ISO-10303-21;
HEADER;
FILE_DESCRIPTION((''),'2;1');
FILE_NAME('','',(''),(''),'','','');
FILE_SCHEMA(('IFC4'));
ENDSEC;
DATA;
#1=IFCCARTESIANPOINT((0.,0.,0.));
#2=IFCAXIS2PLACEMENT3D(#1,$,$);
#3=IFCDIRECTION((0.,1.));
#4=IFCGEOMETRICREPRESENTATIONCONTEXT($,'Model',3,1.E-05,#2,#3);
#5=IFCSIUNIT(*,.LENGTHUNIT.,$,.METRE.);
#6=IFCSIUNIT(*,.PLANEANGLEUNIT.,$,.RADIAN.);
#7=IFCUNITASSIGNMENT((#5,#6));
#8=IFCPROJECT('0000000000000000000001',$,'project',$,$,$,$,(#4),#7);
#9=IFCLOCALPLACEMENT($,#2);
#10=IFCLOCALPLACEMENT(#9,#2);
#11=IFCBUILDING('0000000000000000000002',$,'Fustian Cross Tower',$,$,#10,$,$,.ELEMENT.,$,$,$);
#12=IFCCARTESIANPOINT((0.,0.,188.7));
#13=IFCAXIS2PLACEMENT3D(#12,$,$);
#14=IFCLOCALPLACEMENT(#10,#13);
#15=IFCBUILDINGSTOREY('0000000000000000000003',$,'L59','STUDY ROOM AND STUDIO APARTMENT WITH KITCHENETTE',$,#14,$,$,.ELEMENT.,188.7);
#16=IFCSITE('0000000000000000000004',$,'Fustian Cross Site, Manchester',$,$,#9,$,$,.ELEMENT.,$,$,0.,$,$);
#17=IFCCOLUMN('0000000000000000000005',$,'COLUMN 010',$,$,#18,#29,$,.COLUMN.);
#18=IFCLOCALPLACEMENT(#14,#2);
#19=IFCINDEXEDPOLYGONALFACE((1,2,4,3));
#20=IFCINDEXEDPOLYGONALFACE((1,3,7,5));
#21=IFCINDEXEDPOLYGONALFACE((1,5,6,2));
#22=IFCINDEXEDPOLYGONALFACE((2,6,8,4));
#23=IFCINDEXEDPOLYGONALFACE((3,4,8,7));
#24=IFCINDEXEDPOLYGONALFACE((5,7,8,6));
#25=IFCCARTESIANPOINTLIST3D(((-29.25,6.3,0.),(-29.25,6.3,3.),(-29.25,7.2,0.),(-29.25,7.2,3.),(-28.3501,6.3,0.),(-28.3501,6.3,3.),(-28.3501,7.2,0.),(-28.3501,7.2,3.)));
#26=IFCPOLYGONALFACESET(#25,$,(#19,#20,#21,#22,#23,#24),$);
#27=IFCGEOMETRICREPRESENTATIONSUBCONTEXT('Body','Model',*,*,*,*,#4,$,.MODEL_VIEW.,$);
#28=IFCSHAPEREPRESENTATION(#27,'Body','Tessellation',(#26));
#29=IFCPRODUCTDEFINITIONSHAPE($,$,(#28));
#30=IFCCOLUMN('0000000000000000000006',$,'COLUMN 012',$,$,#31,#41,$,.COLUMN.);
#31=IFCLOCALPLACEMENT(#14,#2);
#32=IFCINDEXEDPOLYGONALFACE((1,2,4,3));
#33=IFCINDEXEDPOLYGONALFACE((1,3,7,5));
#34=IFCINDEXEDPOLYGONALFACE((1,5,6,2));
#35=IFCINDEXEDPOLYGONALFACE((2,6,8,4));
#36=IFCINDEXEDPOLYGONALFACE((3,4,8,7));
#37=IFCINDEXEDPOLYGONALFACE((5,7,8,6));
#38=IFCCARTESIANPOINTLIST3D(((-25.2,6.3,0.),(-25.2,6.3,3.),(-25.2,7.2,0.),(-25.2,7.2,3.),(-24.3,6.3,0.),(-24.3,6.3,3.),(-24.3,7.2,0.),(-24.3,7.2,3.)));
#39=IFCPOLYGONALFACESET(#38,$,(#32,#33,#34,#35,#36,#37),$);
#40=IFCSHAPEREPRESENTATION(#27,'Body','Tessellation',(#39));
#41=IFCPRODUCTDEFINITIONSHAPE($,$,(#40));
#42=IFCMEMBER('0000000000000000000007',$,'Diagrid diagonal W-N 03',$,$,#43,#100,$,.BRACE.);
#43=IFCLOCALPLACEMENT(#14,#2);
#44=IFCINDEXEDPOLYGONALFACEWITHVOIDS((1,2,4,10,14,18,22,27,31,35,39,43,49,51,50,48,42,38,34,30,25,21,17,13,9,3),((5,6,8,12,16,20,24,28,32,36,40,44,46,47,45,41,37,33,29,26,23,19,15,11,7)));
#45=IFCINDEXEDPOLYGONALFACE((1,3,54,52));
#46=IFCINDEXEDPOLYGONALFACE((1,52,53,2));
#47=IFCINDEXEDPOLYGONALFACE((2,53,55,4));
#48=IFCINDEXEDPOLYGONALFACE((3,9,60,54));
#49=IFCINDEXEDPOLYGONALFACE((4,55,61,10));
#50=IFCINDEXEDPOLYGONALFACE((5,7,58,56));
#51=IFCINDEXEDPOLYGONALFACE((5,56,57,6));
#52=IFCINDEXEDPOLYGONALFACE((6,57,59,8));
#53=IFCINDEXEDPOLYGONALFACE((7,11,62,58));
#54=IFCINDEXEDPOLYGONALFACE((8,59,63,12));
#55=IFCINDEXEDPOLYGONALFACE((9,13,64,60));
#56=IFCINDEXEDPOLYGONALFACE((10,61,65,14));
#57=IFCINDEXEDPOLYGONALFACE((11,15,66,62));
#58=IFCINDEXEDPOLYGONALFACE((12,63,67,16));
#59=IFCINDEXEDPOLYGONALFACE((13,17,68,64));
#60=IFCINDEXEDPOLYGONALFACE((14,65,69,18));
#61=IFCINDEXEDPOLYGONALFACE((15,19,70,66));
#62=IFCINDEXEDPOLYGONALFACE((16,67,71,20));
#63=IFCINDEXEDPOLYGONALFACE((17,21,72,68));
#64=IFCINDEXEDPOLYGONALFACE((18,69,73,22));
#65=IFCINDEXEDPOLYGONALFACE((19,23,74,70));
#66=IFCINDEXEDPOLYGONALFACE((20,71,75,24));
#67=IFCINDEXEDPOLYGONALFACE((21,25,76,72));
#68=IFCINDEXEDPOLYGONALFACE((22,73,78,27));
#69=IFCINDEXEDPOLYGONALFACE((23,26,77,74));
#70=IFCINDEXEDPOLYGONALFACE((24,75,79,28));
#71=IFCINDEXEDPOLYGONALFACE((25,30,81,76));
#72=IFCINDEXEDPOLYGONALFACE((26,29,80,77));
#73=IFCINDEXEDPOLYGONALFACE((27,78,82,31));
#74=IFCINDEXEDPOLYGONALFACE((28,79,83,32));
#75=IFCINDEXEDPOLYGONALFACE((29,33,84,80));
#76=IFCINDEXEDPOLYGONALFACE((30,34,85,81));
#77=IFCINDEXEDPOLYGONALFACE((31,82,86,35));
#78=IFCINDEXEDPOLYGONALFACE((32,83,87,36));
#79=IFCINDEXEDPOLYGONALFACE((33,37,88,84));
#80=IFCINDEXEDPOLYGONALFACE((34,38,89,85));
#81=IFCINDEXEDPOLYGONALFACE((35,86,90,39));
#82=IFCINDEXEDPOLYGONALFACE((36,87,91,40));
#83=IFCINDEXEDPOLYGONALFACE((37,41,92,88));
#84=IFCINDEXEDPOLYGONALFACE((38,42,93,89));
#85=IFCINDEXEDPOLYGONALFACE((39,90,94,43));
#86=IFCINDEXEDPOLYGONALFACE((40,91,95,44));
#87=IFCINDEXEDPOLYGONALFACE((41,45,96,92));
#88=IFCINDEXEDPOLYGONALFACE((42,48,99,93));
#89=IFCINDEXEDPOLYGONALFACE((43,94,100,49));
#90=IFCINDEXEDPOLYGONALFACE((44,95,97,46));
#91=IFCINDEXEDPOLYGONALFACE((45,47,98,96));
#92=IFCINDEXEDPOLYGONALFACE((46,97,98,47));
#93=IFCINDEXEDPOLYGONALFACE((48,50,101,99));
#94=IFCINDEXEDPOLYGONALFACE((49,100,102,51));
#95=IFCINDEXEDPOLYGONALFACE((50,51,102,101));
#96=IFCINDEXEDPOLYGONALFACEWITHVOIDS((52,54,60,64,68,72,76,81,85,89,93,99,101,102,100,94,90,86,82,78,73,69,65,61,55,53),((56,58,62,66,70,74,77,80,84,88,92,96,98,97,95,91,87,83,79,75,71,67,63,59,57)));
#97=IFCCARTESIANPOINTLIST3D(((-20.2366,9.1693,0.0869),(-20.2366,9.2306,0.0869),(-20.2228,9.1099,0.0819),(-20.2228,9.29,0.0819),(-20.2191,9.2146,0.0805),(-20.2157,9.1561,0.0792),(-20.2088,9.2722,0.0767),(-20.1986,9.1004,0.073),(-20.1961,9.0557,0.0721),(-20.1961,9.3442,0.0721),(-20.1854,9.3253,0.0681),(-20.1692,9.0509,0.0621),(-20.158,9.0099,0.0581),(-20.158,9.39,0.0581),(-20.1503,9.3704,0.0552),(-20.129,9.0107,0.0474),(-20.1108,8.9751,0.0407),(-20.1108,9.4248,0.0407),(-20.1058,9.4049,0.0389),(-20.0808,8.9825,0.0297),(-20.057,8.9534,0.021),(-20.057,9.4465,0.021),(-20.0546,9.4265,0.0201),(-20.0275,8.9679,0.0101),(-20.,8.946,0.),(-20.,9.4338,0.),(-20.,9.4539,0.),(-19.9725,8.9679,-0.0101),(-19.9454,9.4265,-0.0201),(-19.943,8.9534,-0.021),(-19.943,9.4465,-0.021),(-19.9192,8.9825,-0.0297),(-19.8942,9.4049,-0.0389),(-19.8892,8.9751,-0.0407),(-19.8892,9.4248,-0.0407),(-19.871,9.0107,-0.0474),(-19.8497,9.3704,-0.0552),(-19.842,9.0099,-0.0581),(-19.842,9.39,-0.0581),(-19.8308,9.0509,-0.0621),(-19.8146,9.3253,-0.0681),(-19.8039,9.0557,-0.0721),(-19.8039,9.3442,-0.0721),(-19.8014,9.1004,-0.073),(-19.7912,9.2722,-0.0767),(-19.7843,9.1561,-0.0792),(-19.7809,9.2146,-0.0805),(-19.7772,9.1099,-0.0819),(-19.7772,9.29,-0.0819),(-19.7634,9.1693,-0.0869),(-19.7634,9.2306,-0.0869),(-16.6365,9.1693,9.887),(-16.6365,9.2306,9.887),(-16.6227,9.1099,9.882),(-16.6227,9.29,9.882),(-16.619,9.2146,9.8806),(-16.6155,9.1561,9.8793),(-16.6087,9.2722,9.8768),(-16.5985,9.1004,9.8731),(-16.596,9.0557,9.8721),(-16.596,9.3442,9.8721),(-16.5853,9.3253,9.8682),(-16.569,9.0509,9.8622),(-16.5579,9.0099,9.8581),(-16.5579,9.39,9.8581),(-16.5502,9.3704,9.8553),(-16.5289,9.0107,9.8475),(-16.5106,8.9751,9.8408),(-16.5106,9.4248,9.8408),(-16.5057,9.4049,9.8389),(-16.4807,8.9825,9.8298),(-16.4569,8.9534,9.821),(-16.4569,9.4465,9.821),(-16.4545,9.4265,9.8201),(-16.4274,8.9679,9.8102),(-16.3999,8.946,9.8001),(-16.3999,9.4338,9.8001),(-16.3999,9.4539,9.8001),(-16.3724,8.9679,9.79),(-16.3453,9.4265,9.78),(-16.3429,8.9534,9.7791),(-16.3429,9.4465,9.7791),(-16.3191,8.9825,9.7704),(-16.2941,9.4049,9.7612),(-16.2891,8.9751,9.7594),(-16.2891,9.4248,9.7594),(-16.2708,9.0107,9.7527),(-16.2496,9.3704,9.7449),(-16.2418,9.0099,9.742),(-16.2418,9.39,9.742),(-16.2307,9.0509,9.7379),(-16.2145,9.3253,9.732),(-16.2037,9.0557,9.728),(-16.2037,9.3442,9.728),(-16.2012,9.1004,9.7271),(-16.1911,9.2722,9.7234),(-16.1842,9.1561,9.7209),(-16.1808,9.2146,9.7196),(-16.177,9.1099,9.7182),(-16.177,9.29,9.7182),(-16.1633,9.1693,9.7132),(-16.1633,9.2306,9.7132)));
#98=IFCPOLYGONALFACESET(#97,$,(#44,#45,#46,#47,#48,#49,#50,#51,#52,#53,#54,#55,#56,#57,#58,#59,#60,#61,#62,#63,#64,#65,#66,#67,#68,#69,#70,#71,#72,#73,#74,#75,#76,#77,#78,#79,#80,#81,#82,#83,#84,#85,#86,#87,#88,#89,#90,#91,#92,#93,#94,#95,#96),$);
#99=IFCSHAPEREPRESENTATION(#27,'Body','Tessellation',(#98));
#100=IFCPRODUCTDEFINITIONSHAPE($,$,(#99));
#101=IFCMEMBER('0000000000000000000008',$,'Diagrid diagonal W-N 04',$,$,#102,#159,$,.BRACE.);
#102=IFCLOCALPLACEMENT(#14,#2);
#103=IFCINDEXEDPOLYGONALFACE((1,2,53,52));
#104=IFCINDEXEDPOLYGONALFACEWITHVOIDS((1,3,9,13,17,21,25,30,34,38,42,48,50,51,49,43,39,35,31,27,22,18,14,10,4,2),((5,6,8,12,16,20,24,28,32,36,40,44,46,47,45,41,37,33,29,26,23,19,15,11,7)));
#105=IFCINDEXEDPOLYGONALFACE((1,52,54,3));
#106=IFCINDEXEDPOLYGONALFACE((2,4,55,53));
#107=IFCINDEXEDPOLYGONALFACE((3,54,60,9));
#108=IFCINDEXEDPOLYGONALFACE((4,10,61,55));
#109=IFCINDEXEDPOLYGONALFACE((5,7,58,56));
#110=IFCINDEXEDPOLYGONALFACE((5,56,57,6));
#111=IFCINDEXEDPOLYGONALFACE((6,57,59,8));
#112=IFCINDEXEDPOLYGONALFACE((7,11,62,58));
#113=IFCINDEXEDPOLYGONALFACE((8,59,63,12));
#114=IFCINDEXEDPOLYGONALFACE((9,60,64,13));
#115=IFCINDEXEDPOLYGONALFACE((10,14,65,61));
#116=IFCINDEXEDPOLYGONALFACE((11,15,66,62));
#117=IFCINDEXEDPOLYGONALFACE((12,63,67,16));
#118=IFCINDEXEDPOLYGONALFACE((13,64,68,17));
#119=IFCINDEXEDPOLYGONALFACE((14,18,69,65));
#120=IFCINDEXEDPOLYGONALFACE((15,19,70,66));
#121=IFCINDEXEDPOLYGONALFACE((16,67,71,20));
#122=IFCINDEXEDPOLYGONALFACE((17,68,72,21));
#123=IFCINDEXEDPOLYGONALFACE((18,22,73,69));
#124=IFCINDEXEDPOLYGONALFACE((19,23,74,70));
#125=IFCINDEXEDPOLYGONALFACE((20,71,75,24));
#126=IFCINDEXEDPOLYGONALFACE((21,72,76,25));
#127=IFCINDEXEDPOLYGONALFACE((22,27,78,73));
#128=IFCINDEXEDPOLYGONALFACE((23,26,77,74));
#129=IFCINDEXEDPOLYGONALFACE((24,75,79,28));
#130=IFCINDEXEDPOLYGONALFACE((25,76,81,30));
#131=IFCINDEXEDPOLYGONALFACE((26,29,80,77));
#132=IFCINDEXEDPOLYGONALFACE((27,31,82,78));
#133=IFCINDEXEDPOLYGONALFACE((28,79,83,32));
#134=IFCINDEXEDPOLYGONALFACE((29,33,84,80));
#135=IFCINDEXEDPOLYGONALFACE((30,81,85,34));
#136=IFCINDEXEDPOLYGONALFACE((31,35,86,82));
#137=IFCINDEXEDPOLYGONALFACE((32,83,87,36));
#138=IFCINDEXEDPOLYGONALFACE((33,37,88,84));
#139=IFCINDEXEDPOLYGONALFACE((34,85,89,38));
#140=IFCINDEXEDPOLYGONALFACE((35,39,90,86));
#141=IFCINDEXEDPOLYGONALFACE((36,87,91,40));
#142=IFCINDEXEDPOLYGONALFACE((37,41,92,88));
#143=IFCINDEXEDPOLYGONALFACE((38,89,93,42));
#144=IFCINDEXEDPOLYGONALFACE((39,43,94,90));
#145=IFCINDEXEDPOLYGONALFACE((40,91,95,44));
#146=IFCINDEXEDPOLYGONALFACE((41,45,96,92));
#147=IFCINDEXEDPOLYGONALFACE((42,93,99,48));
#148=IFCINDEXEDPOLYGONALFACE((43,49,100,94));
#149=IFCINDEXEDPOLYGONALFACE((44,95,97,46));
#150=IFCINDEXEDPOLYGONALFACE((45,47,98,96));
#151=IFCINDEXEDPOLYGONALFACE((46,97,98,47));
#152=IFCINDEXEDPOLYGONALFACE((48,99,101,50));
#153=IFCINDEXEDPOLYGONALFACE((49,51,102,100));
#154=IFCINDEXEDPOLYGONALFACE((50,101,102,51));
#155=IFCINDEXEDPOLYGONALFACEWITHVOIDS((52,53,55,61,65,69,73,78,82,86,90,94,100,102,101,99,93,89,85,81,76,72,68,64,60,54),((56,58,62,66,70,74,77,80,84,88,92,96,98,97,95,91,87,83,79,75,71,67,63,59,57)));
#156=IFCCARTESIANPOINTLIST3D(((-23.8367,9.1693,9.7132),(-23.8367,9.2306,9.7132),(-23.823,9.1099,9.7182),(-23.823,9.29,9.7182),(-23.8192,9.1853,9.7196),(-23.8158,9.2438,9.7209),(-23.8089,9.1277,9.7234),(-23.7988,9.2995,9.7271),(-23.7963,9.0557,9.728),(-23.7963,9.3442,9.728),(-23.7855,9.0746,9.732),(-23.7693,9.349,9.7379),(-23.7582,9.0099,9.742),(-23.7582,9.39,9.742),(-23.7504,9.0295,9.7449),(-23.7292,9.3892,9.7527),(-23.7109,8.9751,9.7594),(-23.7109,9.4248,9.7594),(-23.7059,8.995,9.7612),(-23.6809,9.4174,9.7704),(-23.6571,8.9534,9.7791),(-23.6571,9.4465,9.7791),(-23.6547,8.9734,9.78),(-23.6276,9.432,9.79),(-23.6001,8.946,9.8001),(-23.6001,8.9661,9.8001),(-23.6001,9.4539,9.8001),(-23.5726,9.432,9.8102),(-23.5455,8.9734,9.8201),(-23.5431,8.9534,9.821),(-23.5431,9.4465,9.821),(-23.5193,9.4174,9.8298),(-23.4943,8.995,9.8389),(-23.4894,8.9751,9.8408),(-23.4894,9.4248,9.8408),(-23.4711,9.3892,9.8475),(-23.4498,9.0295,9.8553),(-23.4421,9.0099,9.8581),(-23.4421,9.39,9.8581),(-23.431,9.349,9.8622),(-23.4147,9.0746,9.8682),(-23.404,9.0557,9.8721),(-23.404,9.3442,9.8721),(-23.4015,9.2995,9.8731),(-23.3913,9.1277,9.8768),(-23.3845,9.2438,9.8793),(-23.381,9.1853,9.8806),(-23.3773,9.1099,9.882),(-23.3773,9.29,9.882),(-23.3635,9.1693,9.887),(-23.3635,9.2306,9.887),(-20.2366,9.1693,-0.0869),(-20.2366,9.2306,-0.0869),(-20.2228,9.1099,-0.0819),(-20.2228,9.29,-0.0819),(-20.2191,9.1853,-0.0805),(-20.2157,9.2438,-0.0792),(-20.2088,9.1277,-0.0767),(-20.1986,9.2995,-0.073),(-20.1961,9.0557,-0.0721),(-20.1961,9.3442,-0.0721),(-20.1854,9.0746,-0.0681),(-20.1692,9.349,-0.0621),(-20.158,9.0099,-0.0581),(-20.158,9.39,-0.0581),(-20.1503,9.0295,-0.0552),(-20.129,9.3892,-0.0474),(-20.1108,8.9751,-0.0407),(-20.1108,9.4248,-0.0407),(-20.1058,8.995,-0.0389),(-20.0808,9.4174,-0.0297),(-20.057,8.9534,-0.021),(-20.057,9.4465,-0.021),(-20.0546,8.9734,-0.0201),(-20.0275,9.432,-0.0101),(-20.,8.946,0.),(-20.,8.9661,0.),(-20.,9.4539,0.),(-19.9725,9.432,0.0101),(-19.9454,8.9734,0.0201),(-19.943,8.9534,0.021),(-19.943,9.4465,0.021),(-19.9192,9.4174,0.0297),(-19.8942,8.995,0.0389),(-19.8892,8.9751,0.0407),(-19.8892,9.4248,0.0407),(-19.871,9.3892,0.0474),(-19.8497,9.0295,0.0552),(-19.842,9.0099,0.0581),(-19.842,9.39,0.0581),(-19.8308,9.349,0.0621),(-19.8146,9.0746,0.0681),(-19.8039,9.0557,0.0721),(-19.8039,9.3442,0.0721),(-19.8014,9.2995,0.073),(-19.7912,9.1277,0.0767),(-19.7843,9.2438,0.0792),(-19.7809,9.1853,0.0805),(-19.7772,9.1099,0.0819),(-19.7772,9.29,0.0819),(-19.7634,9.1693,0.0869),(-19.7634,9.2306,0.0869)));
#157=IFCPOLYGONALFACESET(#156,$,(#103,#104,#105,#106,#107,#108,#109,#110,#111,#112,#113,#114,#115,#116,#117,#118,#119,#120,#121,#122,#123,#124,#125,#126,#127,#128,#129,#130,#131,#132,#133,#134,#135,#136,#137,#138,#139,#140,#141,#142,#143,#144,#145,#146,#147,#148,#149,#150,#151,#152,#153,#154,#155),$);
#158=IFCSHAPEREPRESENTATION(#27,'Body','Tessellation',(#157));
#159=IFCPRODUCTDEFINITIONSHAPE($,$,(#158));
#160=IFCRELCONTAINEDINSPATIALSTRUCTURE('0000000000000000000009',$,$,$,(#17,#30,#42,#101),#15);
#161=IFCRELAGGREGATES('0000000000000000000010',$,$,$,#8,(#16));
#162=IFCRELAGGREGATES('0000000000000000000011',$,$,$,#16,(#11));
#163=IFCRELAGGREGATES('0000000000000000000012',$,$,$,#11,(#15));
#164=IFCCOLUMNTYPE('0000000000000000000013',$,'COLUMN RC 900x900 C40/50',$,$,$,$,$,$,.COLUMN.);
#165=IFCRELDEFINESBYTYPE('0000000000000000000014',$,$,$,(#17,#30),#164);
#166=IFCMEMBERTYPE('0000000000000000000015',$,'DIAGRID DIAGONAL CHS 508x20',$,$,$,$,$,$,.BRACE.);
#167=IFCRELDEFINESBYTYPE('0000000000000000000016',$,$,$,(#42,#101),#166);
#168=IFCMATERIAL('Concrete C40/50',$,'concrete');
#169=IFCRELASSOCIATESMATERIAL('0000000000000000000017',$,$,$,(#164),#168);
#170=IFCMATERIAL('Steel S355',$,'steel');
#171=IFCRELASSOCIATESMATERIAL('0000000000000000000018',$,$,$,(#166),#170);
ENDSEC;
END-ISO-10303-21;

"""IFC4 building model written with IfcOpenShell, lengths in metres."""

from ifc_helpers import new_model, si_unit, direction, frame, origin, origin_2d, place, context, subcontext, project, spatial, rectangle, hollow_circle, extrude, material, material_profile, profile_set, type_object, element, save


model = new_model("IFC4")

# Units and contexts
model_context = context("Model", 3, precision=1e-05, world=origin(), true_north=direction((0.0, 1.0)))
body_context = subcontext(model_context, "Body", "Model", "MODEL_VIEW")
ifc_project = project(units=[si_unit("LENGTHUNIT", "METRE"), si_unit("PLANEANGLEUNIT", "RADIAN")], contexts=[model_context])

# Site, building, storey
site_placement = place(None, origin())
site = spatial("IfcSite", under=ifc_project, at=site_placement, Name="Fustian Cross Site, Manchester", CompositionType="ELEMENT", RefElevation=0.0)
building_placement = place(site_placement, origin())
building = spatial("IfcBuilding", under=site, at=building_placement, Name="Fustian Cross Tower", CompositionType="ELEMENT")
storey_placement = place(building_placement, frame((0.0, 0.0, 188.7)))
storey = spatial("IfcBuildingStorey", under=building, at=storey_placement, Name="L59", Description="STUDY ROOM AND STUDIO APARTMENT WITH KITCHENETTE", CompositionType="ELEMENT", Elevation=188.7)

# Columns
ifc_material_1 = material(Name="Concrete C40/50", Category="concrete")
ifc_material_profile_1 = material_profile(ifc_material_1, rectangle(XDim=0.8999, YDim=0.8999, at=origin_2d()), Name="RC 900x900")
ifc_profile_set_1 = profile_set([ifc_material_profile_1], Name="Concrete C40/50")
column_type = type_object("IfcColumnType", Name="COLUMN RC 900x900 C40/50", PredefinedType="COLUMN", material=ifc_profile_set_1)
for number, where, z_axis, x_axis, name in (
    (1, (-28.8, 6.75, 0.0), (0.0, 0.0, 1.0), (1.0, 0.0, 0.0), "COLUMN 010"),
    (2, (-24.75, 6.75, 0.0), (0.0, 0.0, 1.0), (1.0, 0.0, 0.0), "COLUMN 012"),
):
    element("IfcColumn", number, at=place(storey_placement, frame(where, z_axis=z_axis, x_axis=x_axis)), inside=storey, type_object=column_type, Name=name, PredefinedType="COLUMN", context=body_context, shape_type="SweptSolid", body=[
        extrude(rectangle(XDim=0.8999, YDim=0.8999, at=origin_2d()), origin(), (0.0, 0.0, 1.0), 3.0),
    ])

# Members
ifc_material_2 = material(Name="Steel S355", Category="steel")
ifc_material_profile_2 = material_profile(ifc_material_2, hollow_circle(Radius=0.2539, WallThickness=0.02, at=origin_2d()), Name="CHS 508x20")
ifc_profile_set_2 = profile_set([ifc_material_profile_2], Name="Steel S355")
member_type = type_object("IfcMemberType", Name="DIAGRID DIAGONAL CHS 508x20", PredefinedType="BRACE", material=ifc_profile_set_2)
for number, where, z_axis, x_axis, name in (
    (3, (-20.0, 9.2, 0.0), (0.344824, 0.0, 0.938667), (0.0, 1.0, 0.0), "Diagrid diagonal W-N 03"),
    (4, (-20.0, 9.2, 0.0), (-0.344824, 0.0, 0.938667), (0.0, -1.0, 0.0), "Diagrid diagonal W-N 04"),
):
    element("IfcMember", number, at=place(storey_placement, frame(where, z_axis=z_axis, x_axis=x_axis)), inside=storey, type_object=member_type, Name=name, PredefinedType="BRACE", context=body_context, shape_type="SweptSolid", body=[
        extrude(hollow_circle(Radius=0.2539, WallThickness=0.02, at=origin_2d()), origin(), (0.0, 0.0, 1.0), 10.4404),
    ])

save(model, "model.ifc")
